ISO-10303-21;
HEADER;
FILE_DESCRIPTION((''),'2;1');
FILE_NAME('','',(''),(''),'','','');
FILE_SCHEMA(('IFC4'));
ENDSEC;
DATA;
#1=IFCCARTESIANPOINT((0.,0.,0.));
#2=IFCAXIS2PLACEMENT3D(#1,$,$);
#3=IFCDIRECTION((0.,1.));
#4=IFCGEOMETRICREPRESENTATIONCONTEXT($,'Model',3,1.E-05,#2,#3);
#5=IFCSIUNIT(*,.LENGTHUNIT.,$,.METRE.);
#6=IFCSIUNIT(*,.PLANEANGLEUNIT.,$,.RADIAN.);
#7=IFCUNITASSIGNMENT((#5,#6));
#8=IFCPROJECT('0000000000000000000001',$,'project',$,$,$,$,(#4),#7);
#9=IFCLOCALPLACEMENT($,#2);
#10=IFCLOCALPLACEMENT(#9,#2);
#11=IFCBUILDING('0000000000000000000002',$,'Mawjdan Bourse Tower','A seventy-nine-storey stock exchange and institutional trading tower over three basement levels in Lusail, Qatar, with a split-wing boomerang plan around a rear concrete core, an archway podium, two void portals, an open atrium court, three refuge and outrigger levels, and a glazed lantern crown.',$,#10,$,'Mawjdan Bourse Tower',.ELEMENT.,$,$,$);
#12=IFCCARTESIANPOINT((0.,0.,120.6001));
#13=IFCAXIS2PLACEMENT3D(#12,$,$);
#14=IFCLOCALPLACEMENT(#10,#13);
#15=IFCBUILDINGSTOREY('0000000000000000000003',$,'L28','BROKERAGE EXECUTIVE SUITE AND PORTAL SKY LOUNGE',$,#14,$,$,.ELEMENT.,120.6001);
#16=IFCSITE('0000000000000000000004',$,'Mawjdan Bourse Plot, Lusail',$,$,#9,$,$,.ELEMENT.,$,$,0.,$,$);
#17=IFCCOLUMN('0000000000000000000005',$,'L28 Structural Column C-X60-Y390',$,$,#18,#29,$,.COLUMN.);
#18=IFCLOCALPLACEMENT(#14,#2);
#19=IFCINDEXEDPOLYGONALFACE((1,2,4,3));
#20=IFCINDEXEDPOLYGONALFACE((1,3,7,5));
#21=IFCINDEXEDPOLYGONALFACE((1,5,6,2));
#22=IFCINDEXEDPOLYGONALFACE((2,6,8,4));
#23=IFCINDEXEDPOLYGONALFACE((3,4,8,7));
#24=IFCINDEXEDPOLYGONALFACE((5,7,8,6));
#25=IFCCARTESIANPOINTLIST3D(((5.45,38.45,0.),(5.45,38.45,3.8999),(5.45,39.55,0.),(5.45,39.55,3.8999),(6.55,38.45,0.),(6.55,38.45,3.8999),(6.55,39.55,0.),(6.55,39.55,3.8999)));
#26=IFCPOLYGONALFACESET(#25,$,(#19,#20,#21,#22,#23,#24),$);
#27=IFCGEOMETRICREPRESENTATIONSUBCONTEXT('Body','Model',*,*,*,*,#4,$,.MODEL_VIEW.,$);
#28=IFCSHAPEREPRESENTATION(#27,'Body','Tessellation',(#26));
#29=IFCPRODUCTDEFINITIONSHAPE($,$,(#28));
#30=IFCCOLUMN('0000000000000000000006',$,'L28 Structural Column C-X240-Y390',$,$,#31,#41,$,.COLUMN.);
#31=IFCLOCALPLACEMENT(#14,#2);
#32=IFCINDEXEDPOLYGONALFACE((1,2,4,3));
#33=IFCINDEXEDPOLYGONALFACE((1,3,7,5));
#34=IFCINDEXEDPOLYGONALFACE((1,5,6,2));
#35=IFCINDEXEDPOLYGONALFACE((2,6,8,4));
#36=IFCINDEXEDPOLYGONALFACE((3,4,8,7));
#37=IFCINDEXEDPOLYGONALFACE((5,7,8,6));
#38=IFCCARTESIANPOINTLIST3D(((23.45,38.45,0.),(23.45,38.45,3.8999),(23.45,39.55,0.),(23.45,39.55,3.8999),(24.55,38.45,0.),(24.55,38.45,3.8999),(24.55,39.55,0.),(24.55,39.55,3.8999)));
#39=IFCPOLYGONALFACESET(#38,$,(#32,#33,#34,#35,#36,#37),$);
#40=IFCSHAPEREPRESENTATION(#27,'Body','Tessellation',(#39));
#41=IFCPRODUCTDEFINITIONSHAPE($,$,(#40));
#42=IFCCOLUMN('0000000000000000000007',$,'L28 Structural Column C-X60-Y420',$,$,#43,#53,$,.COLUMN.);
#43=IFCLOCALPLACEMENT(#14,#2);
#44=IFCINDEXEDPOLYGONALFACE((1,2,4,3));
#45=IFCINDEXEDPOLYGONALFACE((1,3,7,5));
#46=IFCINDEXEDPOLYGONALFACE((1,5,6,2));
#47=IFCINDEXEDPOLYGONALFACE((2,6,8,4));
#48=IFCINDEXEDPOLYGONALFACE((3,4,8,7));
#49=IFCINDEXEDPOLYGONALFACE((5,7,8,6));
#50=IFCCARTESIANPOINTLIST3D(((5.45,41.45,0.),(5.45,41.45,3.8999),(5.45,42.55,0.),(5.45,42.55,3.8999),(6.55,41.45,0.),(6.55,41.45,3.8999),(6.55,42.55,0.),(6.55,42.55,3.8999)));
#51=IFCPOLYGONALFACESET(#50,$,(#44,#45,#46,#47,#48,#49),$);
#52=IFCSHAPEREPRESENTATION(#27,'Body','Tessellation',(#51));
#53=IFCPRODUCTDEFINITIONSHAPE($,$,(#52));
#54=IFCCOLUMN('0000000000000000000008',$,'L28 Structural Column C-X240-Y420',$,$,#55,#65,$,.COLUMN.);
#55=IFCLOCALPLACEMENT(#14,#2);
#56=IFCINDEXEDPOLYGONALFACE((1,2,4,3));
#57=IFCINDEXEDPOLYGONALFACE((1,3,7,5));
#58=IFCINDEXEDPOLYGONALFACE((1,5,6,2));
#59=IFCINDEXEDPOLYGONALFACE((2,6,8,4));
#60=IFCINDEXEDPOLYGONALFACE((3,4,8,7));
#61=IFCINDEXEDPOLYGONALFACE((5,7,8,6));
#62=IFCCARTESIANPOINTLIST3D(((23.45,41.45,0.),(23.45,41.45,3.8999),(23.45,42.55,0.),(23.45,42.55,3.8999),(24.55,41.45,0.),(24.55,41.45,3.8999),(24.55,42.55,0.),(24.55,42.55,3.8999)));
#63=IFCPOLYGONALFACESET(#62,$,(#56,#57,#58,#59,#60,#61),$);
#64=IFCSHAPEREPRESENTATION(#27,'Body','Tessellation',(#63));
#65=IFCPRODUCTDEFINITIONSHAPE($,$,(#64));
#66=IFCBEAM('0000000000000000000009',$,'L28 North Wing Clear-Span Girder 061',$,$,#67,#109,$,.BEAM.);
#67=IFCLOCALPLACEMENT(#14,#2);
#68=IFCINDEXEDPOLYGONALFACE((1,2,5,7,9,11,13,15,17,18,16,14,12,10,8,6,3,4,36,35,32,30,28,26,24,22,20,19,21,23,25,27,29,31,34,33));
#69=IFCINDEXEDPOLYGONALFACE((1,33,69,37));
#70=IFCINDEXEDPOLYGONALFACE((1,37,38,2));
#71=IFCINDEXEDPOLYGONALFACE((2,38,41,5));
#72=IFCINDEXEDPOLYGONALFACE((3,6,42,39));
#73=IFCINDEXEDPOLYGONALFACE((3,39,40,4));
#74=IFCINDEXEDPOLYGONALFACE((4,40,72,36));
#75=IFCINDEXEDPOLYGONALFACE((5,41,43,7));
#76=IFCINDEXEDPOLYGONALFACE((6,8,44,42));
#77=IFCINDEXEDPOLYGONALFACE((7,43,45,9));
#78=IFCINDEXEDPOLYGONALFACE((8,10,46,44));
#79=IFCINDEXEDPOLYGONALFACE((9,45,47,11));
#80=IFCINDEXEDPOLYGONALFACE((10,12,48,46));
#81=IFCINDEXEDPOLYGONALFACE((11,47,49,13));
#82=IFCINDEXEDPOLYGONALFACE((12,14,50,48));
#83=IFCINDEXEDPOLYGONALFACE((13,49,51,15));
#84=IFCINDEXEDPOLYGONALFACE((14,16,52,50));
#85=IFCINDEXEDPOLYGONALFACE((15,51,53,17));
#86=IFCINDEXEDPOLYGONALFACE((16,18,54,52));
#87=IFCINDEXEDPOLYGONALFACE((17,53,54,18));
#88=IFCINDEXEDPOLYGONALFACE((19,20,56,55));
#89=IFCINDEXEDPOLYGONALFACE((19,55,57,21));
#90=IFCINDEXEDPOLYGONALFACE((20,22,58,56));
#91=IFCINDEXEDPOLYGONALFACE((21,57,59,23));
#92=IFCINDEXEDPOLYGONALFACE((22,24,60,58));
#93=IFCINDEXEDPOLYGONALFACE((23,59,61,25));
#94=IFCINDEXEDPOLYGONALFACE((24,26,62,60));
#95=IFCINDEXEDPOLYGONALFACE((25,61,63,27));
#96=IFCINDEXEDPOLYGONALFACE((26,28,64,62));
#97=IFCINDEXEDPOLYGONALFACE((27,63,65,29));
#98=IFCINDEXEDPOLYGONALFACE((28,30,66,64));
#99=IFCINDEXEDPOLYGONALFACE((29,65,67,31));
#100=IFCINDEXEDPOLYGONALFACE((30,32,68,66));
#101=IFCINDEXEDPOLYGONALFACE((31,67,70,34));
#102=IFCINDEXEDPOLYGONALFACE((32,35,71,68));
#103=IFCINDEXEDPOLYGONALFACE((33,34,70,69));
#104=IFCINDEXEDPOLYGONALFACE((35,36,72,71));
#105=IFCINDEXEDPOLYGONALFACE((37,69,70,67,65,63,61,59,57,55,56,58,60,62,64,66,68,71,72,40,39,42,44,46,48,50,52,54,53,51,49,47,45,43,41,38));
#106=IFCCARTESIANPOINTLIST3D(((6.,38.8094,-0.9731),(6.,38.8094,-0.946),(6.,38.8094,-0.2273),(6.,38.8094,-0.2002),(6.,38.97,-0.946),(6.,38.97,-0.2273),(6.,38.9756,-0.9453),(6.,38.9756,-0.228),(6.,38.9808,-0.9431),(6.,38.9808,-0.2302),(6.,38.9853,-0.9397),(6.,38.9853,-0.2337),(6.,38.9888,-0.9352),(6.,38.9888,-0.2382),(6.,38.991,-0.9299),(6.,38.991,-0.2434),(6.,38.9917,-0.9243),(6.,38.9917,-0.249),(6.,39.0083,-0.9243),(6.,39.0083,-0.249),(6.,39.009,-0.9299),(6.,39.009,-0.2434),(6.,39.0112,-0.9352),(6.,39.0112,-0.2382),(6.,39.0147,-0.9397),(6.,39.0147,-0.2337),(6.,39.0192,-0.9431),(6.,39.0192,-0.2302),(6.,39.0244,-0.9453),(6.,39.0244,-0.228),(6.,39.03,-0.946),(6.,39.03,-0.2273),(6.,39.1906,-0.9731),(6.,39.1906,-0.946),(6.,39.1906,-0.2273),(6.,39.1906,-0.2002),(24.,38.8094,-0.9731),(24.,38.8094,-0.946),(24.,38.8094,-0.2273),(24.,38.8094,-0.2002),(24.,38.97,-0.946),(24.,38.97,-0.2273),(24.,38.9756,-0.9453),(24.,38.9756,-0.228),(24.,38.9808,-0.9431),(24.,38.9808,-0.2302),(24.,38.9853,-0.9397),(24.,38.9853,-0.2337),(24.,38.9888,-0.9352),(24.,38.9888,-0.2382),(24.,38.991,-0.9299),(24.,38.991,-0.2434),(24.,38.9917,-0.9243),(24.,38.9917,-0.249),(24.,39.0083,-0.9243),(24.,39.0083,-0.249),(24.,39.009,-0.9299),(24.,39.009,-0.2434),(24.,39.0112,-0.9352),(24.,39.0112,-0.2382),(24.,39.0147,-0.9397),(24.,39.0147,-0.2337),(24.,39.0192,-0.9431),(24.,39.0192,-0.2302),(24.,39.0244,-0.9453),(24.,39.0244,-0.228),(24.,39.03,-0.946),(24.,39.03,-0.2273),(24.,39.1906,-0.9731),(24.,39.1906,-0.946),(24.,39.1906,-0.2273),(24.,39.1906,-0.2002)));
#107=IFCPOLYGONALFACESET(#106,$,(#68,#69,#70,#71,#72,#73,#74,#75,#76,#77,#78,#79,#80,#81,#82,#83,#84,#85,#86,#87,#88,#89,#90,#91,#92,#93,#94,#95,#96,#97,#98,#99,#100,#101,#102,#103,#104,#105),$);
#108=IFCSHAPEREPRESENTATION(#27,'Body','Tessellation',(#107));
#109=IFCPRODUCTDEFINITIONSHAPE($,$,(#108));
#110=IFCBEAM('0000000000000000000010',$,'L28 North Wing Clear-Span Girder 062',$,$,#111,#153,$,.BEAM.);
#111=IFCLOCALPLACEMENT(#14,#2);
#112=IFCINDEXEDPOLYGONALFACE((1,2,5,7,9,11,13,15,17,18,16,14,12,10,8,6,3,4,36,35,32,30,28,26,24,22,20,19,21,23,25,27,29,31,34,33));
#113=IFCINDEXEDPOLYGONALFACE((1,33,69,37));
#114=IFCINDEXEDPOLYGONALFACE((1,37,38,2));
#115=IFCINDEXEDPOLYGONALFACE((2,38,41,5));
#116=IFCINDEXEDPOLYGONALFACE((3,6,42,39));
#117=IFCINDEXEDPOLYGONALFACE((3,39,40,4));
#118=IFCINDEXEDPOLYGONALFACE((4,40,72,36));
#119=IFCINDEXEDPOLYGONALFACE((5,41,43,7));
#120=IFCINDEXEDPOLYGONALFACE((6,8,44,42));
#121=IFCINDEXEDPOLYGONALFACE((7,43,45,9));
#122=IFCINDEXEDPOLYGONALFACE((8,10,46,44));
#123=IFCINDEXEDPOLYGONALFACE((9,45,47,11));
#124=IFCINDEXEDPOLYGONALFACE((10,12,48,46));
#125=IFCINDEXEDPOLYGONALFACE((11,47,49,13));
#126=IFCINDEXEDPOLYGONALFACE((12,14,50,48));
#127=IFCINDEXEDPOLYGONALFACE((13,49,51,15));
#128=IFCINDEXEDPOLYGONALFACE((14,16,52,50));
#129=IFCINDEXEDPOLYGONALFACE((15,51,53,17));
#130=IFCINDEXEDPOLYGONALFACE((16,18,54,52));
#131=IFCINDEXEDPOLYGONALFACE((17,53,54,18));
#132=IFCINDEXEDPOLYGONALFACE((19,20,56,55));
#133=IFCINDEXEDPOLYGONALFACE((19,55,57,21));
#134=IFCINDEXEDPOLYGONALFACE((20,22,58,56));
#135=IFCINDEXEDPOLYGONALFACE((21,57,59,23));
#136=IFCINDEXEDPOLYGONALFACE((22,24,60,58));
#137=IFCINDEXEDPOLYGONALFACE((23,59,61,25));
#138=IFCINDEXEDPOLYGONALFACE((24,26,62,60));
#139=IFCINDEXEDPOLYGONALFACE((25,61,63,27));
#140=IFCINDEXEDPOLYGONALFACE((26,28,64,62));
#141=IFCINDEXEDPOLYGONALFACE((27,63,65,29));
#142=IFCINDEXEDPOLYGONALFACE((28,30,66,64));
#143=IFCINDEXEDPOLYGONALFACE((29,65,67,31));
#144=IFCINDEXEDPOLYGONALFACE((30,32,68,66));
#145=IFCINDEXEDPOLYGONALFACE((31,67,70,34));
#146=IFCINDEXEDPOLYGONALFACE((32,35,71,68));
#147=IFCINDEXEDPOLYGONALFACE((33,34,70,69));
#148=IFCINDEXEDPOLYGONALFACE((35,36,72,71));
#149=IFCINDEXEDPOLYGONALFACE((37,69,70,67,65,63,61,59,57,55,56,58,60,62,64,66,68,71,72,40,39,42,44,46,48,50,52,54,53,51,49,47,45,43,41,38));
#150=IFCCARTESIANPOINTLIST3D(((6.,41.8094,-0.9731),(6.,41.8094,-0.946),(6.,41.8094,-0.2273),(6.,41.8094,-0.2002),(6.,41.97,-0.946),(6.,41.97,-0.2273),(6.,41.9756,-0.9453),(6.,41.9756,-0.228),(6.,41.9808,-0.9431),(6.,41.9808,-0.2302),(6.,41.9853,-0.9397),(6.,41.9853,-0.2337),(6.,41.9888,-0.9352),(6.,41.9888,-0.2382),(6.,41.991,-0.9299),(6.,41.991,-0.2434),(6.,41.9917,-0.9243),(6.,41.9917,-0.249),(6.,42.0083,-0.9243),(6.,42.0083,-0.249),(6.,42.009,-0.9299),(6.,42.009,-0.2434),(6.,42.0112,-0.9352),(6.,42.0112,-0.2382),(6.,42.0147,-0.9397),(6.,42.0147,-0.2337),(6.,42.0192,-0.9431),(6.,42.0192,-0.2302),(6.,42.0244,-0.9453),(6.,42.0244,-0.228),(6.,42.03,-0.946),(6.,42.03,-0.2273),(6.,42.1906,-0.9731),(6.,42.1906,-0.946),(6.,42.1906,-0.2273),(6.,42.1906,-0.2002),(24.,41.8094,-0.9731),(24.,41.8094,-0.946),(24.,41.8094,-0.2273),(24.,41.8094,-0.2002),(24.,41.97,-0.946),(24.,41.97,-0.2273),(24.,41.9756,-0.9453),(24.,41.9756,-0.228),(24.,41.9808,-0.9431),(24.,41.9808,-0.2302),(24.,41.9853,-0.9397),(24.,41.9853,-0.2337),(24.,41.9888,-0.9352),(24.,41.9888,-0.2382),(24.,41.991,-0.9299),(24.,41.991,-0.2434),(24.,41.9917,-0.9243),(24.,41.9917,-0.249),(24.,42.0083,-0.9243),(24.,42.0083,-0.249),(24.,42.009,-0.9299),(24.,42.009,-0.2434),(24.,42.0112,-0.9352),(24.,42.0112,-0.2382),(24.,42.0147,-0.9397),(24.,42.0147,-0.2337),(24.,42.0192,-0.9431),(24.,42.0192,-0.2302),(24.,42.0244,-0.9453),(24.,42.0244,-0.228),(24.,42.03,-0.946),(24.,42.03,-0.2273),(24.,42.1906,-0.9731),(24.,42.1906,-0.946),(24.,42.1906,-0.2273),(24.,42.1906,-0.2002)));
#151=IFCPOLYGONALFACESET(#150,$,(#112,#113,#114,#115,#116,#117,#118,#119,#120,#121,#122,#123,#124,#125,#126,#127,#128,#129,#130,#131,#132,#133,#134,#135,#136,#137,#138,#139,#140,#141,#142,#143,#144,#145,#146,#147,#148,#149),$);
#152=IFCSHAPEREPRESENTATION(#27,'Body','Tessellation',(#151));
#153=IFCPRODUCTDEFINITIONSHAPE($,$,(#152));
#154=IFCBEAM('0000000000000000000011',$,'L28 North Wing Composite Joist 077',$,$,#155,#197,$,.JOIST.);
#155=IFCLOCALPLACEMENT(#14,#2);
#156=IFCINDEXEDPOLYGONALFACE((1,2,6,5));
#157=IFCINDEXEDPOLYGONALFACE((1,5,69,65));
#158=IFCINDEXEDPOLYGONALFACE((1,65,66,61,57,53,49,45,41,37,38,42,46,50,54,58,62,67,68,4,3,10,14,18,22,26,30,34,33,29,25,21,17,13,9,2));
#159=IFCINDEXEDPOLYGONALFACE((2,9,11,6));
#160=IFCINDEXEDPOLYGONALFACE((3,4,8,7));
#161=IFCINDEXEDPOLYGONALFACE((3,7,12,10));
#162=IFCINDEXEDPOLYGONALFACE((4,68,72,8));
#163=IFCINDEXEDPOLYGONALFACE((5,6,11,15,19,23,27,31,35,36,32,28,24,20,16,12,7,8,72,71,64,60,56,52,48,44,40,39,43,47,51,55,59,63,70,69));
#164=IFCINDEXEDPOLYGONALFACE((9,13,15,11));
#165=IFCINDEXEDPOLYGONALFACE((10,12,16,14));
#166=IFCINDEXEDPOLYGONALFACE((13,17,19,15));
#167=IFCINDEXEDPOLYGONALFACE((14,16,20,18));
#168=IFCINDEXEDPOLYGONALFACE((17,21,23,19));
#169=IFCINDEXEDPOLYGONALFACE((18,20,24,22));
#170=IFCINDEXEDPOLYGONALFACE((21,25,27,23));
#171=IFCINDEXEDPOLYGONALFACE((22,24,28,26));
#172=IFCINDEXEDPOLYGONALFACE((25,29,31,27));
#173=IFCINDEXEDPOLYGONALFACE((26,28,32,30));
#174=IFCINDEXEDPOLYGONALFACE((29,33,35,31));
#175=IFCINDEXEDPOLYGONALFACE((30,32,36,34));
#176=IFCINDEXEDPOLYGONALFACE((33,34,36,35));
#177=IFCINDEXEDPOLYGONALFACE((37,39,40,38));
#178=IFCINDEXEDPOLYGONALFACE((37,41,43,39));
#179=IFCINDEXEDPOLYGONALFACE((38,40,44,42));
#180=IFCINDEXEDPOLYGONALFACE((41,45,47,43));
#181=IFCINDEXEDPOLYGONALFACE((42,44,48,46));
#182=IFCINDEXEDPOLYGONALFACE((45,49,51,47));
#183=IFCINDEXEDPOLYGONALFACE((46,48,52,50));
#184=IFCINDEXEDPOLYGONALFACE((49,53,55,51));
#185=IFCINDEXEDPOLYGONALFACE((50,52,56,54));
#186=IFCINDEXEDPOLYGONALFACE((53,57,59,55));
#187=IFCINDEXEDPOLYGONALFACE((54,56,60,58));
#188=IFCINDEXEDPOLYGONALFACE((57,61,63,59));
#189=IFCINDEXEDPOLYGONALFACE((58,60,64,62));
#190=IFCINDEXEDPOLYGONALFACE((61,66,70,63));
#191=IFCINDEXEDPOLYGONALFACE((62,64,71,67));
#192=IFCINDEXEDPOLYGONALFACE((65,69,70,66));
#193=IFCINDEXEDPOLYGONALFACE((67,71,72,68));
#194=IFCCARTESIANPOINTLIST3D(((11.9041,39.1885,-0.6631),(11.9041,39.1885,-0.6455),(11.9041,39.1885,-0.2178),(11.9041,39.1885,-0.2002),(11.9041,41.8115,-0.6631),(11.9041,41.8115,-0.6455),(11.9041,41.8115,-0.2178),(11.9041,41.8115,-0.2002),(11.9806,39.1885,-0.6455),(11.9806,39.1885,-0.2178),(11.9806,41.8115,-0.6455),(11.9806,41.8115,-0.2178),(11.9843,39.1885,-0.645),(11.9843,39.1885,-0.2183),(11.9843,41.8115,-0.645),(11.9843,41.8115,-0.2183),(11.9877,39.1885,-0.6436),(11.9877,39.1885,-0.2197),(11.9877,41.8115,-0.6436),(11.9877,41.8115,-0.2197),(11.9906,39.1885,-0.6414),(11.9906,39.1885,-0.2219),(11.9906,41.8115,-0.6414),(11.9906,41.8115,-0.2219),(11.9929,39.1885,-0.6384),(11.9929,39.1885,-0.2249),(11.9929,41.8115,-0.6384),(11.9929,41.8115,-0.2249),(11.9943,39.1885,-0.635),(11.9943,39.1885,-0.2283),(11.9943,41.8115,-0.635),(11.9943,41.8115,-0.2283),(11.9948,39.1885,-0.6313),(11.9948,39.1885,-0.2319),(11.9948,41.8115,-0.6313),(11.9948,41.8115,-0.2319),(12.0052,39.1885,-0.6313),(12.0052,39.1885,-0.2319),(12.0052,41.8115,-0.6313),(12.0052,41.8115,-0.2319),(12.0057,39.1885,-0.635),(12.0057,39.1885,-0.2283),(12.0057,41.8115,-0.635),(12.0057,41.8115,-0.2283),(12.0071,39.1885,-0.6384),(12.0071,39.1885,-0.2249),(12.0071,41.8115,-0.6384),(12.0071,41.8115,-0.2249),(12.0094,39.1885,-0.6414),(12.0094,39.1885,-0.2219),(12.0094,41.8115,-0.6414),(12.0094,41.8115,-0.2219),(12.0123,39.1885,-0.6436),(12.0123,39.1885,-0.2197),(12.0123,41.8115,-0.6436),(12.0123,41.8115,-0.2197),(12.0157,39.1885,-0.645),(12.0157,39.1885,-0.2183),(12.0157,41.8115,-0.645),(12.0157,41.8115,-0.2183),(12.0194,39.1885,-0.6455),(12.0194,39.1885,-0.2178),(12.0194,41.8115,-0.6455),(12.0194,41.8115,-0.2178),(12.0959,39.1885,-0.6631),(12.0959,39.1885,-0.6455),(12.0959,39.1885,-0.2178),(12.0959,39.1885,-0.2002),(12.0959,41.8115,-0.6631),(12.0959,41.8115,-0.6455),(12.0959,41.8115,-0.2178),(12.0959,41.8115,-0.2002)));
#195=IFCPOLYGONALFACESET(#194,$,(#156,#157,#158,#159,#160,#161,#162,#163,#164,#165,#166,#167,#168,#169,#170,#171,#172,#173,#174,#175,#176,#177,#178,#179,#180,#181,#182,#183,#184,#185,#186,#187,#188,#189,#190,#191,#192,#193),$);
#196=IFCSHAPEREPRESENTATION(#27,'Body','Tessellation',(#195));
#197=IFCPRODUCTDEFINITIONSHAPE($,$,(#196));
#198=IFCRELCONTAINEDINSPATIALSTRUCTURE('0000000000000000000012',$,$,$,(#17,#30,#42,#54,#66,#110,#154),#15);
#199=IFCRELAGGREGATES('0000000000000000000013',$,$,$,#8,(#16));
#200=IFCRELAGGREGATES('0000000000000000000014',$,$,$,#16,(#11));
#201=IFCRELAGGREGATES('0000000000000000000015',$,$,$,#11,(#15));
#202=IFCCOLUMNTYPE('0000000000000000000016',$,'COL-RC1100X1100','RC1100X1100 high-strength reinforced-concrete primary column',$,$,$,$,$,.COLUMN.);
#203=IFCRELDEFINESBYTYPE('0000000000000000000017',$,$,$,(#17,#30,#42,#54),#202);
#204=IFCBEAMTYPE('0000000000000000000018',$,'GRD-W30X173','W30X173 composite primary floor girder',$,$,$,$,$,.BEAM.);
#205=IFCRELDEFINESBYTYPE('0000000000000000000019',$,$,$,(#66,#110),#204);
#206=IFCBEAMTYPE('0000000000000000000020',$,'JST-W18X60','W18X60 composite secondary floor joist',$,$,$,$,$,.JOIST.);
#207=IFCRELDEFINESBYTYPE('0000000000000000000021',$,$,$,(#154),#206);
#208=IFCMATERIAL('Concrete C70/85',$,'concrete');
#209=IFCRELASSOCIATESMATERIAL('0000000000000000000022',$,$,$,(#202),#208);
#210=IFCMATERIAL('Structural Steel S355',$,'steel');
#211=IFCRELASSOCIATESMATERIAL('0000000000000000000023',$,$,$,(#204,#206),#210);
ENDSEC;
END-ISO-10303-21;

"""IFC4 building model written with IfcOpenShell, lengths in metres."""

from ifc_helpers import new_model, si_unit, direction, frame, origin, origin_2d, place, context, subcontext, project, spatial, rectangle, i_section, extrude, material, material_profile, profile_set, type_object, element, save


model = new_model("IFC4")

# Units and contexts
model_context = context("Model", 3, precision=1e-05, world=origin(), true_north=direction((0.0, 1.0)))
body_context = subcontext(model_context, "Body", "Model", "MODEL_VIEW")
ifc_project = project(units=[si_unit("LENGTHUNIT", "METRE"), si_unit("PLANEANGLEUNIT", "RADIAN")], contexts=[model_context])

# Site, building, storey
site_placement = place(None, origin())
site = spatial("IfcSite", under=ifc_project, at=site_placement, Name="Mawjdan Bourse Plot, Lusail", CompositionType="ELEMENT", RefElevation=0.0)
building_placement = place(site_placement, origin())
building = spatial("IfcBuilding", under=site, at=building_placement, Name="Mawjdan Bourse Tower", Description="A seventy-nine-storey stock exchange and institutional trading tower over three basement levels in Lusail, Qatar, with a split-wing boomerang plan around a rear concrete core, an archway podium, two void portals, an open atrium court, three refuge and outrigger levels, and a glazed lantern crown.", LongName="Mawjdan Bourse Tower", CompositionType="ELEMENT")
storey_placement = place(building_placement, frame((0.0, 0.0, 120.6001)))
storey = spatial("IfcBuildingStorey", under=building, at=storey_placement, Name="L28", Description="BROKERAGE EXECUTIVE SUITE AND PORTAL SKY LOUNGE", CompositionType="ELEMENT", Elevation=120.6001)

# Columns
ifc_material_1 = material(Name="Concrete C70/85", Category="concrete")
ifc_material_profile_1 = material_profile(ifc_material_1, rectangle(XDim=1.1001, YDim=1.1001, at=origin_2d()), Name="RC1100X1100")
ifc_profile_set_1 = profile_set([ifc_material_profile_1], Name="Concrete C70/85")
column_type = type_object("IfcColumnType", Name="COL-RC1100X1100", Description="RC1100X1100 high-strength reinforced-concrete primary column", PredefinedType="COLUMN", material=ifc_profile_set_1)
for number, where, z_axis, x_axis, name in (
    (1, (6.0, 39.0, 0.0), (0.0, 0.0, 1.0), (1.0, 0.0, 0.0), "L28 Structural Column C-X60-Y390"),
    (2, (24.0, 39.0, 0.0), (0.0, 0.0, 1.0), (1.0, 0.0, 0.0), "L28 Structural Column C-X240-Y390"),
    (3, (6.0, 42.0, 0.0), (0.0, 0.0, 1.0), (1.0, 0.0, 0.0), "L28 Structural Column C-X60-Y420"),
    (4, (24.0, 42.0, 0.0), (0.0, 0.0, 1.0), (1.0, 0.0, 0.0), "L28 Structural Column C-X240-Y420"),
):
    element("IfcColumn", number, at=place(storey_placement, frame(where, z_axis=z_axis, x_axis=x_axis)), inside=storey, type_object=column_type, Name=name, PredefinedType="COLUMN", context=body_context, shape_type="SweptSolid", body=[
        extrude(rectangle(XDim=1.1001, YDim=1.1001, at=origin_2d()), origin(), (0.0, 0.0, 1.0), 3.8999),
    ])

# Beams
ifc_material_2 = material(Name="Structural Steel S355", Category="steel")
ifc_material_profile_2 = material_profile(ifc_material_2, i_section(OverallWidth=0.3811, OverallDepth=0.7729, WebThickness=0.0166, FlangeThickness=0.0271, FilletRadius=0.0217, at=origin_2d()), Name="W30X173")
ifc_profile_set_2 = profile_set([ifc_material_profile_2], Name="Structural Steel S355")
beam_type_1 = type_object("IfcBeamType", Name="GRD-W30X173", Description="W30X173 composite primary floor girder", PredefinedType="BEAM", material=ifc_profile_set_2)
for number, where, z_axis, x_axis, name in (
    (5, (6.0, 39.0, -0.5867), (1.0, 0.0, 0.0), (0.0, 1.0, 0.0), "L28 North Wing Clear-Span Girder 061"),
    (6, (6.0, 42.0, -0.5867), (1.0, 0.0, 0.0), (0.0, 1.0, 0.0), "L28 North Wing Clear-Span Girder 062"),
):
    element("IfcBeam", number, at=place(storey_placement, frame(where, z_axis=z_axis, x_axis=x_axis)), inside=storey, type_object=beam_type_1, Name=name, PredefinedType="BEAM", context=body_context, shape_type="SweptSolid", body=[
        extrude(i_section(OverallWidth=0.3811, OverallDepth=0.7729, WebThickness=0.0166, FlangeThickness=0.0271, FilletRadius=0.0217, at=origin_2d()), origin(), (0.0, 0.0, 1.0), 18.0),
    ])
ifc_material_profile_3 = material_profile(ifc_material_2, i_section(OverallWidth=0.1919, OverallDepth=0.4629, WebThickness=0.0105, FlangeThickness=0.0176, FilletRadius=0.0142, at=origin_2d()), Name="W18X60")
ifc_profile_set_3 = profile_set([ifc_material_profile_3], Name="Structural Steel S355")
beam_type_2 = type_object("IfcBeamType", Name="JST-W18X60", Description="W18X60 composite secondary floor joist", PredefinedType="JOIST", material=ifc_profile_set_3)
for number, where, z_axis, x_axis, name in (
    (7, (12.0, 39.1885, -0.4316), (0.0, 1.0, 0.0), (-1.0, 0.0, 0.0), "L28 North Wing Composite Joist 077"),
):
    element("IfcBeam", number, at=place(storey_placement, frame(where, z_axis=z_axis, x_axis=x_axis)), inside=storey, type_object=beam_type_2, Name=name, PredefinedType="JOIST", context=body_context, shape_type="SweptSolid", body=[
        extrude(i_section(OverallWidth=0.1919, OverallDepth=0.4629, WebThickness=0.0105, FlangeThickness=0.0176, FilletRadius=0.0142, at=origin_2d()), origin(), (0.0, 0.0, 1.0), 2.623),
    ])

save(model, "model.ifc")
